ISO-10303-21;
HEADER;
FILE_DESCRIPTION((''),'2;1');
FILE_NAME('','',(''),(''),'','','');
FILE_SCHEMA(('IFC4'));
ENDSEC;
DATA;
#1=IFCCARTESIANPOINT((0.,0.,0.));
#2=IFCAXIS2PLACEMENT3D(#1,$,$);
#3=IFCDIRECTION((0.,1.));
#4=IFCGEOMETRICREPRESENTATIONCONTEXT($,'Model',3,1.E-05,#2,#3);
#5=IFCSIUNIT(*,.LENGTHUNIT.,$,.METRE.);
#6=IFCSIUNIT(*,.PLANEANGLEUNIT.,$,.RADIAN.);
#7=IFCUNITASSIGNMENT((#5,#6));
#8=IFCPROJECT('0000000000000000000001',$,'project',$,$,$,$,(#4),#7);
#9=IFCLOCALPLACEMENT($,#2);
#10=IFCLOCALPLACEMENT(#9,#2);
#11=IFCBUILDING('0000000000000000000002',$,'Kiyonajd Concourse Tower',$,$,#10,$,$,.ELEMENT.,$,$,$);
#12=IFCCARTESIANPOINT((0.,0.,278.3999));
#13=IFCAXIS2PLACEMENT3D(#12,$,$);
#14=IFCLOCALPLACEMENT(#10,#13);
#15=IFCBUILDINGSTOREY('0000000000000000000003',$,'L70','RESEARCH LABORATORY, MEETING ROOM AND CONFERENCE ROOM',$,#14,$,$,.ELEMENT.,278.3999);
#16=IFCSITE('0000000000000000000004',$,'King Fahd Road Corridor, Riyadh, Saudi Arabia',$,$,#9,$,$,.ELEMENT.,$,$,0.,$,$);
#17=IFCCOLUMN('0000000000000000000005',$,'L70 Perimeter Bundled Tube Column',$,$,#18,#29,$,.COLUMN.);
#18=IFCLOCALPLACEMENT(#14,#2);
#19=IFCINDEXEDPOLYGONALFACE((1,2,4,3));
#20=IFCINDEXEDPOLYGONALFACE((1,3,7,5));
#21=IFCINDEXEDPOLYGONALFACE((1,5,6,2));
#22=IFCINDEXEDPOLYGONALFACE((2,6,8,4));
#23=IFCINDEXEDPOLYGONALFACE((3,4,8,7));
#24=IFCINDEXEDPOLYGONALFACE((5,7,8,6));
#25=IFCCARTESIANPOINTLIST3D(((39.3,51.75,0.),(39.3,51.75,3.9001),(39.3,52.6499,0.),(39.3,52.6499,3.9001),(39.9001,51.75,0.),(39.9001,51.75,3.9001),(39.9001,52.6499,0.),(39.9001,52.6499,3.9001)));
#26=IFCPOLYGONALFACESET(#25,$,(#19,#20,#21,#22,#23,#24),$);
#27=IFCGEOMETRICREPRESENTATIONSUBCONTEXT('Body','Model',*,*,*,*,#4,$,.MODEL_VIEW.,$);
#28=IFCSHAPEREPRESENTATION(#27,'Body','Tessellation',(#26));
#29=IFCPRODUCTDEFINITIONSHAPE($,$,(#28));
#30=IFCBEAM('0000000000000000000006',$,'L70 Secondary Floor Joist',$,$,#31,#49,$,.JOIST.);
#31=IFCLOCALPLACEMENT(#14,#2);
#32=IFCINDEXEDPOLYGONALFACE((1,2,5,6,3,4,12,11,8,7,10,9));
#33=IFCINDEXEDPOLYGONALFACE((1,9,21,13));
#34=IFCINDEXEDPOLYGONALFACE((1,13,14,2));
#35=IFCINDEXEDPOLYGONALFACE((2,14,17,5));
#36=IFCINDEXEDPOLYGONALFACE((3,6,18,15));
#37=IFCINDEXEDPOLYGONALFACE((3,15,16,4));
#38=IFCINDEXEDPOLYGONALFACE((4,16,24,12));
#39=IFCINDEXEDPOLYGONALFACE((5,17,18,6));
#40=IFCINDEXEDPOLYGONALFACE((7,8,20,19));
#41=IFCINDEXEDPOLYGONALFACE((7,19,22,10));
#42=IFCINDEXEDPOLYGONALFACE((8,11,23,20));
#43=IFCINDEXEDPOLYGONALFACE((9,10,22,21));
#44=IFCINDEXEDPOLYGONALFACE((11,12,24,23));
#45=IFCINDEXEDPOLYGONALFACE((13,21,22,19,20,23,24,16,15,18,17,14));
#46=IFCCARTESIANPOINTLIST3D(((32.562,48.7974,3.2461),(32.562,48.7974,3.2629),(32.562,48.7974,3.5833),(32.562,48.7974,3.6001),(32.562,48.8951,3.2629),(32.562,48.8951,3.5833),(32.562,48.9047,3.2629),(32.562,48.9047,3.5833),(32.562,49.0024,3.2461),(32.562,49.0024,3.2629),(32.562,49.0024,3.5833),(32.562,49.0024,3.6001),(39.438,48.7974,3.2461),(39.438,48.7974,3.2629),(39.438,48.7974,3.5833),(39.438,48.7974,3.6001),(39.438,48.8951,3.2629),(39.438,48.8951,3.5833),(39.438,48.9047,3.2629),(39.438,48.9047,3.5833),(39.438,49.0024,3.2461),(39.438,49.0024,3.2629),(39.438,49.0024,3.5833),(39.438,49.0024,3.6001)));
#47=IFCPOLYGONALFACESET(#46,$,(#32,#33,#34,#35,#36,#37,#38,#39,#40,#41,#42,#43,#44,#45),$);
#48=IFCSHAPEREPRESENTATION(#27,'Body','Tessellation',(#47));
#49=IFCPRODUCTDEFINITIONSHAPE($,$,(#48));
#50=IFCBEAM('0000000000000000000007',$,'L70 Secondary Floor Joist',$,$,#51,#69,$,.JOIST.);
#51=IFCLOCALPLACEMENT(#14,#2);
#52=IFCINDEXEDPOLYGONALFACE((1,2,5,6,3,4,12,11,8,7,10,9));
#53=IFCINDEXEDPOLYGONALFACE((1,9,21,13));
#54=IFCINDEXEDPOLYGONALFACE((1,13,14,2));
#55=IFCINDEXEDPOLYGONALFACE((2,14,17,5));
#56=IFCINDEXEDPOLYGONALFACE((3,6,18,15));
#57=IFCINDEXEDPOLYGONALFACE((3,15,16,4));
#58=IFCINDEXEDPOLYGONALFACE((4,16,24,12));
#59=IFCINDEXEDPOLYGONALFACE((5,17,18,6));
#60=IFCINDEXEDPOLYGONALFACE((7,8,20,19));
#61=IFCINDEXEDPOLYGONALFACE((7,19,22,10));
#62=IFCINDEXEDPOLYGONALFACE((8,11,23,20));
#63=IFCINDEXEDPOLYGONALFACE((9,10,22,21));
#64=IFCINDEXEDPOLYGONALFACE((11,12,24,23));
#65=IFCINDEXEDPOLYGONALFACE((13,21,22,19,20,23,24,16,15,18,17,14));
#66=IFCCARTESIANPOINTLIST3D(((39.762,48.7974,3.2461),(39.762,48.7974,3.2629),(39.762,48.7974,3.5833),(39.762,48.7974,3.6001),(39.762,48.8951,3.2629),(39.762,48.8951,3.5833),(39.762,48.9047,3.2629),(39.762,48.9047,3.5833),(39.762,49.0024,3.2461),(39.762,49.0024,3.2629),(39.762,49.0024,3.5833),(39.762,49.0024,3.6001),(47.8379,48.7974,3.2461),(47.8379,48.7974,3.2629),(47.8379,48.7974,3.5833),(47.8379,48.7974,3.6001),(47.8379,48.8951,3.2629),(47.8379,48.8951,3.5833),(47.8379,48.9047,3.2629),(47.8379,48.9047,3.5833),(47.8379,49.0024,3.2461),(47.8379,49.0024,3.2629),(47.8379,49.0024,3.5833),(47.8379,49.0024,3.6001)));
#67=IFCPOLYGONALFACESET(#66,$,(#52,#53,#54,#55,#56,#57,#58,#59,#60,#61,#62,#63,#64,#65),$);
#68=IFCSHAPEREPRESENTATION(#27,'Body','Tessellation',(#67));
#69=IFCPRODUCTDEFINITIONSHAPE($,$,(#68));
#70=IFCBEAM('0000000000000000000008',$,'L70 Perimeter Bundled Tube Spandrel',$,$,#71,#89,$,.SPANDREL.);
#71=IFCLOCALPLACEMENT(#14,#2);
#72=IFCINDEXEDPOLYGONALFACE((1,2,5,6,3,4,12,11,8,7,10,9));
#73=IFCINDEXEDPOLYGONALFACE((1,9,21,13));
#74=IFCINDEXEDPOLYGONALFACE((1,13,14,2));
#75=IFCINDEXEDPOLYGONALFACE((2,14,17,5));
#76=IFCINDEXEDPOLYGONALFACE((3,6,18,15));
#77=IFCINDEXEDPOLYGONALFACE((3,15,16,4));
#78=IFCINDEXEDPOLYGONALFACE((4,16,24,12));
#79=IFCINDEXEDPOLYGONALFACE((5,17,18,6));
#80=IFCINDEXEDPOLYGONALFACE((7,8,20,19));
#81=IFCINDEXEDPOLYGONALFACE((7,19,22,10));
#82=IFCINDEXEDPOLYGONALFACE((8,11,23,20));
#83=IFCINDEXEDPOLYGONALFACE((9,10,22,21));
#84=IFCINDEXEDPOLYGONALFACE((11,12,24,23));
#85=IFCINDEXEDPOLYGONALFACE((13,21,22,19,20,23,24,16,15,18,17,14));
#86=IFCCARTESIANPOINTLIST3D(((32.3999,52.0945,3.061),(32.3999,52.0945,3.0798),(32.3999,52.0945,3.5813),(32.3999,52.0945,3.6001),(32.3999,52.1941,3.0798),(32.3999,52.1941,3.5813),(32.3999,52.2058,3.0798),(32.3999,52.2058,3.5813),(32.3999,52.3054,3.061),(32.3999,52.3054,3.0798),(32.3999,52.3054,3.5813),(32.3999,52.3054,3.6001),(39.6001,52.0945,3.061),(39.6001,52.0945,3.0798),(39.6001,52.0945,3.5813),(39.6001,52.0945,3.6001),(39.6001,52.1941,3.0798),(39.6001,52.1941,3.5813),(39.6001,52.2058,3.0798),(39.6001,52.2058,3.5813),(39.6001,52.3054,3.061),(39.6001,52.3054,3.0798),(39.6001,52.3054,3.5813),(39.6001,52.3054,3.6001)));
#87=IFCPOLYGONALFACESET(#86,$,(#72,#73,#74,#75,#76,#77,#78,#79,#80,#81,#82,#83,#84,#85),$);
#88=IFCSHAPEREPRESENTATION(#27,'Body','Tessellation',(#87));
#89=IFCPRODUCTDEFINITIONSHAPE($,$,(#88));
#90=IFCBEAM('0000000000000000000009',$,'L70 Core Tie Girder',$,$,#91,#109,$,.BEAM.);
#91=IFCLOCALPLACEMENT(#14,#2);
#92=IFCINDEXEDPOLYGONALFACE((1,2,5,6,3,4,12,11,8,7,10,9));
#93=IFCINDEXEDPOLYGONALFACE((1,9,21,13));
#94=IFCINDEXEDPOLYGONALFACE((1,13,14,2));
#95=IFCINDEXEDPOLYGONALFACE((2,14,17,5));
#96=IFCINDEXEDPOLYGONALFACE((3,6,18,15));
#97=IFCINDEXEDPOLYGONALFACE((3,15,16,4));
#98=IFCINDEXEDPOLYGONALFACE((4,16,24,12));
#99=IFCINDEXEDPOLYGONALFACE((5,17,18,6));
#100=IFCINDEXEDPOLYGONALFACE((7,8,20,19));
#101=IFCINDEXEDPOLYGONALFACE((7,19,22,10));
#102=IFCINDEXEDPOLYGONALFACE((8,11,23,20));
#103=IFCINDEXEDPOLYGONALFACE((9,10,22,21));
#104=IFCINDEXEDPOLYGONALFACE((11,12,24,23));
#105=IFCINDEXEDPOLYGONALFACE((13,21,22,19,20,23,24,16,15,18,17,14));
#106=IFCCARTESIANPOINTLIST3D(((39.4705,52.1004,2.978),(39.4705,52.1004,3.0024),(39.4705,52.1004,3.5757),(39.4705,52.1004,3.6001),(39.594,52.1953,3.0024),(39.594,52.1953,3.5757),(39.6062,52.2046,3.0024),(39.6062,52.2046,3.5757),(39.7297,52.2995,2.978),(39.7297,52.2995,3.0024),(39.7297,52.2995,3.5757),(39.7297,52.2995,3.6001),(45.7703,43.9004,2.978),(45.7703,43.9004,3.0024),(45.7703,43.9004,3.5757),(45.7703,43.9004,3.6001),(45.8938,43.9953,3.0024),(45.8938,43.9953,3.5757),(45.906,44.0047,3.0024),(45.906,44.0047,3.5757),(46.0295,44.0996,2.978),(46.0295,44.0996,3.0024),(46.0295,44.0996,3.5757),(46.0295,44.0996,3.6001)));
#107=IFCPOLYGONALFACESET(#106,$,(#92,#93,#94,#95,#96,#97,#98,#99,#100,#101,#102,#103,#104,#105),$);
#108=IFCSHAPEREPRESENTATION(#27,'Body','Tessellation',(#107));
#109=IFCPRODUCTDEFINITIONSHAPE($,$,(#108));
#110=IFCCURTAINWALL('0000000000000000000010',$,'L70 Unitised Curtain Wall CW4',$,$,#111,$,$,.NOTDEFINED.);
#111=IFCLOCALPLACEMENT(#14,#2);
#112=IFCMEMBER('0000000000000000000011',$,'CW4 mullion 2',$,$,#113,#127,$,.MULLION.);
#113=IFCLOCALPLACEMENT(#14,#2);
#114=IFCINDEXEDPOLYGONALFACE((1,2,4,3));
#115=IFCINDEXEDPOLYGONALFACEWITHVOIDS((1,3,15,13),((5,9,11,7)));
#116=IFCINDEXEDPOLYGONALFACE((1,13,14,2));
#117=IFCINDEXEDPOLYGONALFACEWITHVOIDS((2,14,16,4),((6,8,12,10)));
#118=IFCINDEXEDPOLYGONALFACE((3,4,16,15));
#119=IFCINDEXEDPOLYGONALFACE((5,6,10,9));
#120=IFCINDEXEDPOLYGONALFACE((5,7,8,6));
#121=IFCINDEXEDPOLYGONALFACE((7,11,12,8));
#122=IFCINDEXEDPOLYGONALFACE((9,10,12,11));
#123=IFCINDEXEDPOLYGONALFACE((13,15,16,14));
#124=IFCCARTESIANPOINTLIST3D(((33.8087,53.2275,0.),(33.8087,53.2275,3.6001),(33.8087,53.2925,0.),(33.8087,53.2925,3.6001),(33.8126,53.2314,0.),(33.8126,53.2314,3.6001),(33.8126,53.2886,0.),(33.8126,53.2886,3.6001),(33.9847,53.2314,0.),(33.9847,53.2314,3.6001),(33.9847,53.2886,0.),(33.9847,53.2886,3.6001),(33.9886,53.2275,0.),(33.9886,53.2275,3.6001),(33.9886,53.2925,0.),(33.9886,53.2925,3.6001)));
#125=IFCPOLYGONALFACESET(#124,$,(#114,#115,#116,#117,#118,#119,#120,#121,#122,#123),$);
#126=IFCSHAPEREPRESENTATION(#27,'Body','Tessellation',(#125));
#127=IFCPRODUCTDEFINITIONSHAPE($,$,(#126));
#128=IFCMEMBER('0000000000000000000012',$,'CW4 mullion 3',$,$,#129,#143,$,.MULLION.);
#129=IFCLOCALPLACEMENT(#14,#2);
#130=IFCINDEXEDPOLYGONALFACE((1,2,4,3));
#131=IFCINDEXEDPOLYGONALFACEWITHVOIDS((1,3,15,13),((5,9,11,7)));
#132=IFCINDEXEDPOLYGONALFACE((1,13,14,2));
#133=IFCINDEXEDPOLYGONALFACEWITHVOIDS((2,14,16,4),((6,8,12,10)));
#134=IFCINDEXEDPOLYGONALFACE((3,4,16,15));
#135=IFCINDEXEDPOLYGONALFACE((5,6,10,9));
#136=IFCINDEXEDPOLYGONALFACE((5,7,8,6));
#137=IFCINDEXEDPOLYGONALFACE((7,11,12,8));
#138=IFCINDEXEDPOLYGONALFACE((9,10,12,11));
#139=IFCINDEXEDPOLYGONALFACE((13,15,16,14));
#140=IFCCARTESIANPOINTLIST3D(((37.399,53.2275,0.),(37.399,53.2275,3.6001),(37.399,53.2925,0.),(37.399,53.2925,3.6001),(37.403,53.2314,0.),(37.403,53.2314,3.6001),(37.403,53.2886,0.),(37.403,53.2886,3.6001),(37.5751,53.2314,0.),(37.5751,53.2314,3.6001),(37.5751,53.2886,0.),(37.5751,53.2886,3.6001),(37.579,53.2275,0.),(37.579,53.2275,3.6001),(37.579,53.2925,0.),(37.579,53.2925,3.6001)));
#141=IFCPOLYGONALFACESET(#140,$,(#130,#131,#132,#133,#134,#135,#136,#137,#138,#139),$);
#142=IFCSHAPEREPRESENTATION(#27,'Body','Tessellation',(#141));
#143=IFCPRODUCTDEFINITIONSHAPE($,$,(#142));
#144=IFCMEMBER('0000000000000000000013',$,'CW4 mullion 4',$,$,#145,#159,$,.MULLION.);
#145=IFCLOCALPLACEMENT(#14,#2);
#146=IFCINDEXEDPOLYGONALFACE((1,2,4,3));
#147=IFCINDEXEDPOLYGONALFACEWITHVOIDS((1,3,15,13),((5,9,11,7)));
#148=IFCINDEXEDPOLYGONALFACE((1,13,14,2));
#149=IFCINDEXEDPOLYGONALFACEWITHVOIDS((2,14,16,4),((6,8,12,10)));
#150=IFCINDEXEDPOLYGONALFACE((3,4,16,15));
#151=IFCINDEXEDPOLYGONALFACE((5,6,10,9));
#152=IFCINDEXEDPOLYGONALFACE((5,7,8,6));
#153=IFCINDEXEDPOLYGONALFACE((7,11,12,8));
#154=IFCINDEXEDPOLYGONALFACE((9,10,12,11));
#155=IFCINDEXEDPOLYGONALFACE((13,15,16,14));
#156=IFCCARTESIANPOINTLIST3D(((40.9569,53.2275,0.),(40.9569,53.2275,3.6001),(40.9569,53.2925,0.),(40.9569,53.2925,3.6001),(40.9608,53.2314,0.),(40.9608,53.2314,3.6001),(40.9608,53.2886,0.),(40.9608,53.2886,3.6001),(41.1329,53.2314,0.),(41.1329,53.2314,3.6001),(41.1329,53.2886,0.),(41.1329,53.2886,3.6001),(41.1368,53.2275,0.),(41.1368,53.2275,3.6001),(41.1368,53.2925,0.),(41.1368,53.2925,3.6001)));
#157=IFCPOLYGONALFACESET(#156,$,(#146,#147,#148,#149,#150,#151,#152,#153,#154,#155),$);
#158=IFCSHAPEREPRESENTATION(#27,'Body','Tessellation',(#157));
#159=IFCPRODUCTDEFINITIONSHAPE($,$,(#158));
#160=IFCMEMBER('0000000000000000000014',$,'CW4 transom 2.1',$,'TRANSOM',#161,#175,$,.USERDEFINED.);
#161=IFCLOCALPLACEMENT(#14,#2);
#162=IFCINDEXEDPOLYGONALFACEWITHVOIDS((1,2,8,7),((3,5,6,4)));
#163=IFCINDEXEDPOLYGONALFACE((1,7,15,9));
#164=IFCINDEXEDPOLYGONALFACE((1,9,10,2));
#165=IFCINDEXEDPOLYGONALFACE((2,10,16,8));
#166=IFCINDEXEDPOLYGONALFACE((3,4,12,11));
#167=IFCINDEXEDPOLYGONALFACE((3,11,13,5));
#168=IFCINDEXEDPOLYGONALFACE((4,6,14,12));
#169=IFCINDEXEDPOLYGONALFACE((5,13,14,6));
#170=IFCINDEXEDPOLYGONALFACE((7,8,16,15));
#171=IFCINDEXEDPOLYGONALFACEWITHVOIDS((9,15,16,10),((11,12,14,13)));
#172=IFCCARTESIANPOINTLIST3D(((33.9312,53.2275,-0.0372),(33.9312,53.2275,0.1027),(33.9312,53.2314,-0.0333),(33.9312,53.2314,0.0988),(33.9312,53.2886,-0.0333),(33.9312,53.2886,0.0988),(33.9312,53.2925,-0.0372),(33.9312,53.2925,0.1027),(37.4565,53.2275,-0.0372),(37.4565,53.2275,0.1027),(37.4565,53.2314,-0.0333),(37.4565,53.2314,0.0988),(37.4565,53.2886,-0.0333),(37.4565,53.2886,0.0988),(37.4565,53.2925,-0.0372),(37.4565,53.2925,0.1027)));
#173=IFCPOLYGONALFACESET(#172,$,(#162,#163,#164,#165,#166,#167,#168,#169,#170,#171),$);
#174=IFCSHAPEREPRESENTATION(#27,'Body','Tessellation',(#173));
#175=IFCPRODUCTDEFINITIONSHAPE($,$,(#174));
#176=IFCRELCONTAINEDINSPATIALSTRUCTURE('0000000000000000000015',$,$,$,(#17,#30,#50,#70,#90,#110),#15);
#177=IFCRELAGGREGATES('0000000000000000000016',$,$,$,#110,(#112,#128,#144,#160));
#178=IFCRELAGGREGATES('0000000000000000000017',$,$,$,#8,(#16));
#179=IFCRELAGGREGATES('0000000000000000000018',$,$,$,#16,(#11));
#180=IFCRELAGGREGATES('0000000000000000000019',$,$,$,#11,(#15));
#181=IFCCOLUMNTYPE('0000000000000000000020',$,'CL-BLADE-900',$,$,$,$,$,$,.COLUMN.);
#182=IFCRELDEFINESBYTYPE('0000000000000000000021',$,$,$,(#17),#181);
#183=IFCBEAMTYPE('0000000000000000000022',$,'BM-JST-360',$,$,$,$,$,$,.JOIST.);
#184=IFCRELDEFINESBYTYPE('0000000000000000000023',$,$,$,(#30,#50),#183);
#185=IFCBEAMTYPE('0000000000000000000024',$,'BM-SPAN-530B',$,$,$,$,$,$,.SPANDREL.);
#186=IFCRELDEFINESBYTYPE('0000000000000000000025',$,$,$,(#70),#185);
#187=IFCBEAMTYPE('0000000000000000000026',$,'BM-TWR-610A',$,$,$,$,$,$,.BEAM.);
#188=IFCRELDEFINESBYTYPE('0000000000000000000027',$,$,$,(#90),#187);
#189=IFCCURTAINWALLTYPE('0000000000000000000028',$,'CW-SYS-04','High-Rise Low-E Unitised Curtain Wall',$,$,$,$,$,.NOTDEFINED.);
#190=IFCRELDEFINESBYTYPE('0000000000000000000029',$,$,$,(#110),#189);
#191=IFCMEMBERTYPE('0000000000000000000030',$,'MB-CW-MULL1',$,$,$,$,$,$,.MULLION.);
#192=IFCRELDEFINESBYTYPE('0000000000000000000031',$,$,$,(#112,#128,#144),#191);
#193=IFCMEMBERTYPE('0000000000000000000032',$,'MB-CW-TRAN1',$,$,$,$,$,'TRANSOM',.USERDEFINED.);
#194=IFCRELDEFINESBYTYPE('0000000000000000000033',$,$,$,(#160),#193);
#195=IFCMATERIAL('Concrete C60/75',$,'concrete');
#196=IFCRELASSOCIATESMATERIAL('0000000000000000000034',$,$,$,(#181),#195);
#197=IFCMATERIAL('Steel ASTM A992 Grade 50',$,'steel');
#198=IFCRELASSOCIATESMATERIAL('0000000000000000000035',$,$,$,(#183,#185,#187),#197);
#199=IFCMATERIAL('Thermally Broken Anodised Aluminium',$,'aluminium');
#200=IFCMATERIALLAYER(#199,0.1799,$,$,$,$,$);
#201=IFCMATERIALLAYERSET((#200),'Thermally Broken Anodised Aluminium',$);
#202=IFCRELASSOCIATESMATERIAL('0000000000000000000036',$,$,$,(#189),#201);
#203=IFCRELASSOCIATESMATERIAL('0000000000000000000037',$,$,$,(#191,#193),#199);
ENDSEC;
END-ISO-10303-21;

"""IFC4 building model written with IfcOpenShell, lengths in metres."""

from ifc_helpers import new_model, si_unit, direction, frame, origin, origin_2d, place, context, subcontext, project, spatial, rectangle, hollow_rectangle, i_section, extrude, material, layer, layer_set, material_profile, profile_set, type_object, element, aggregate, save


model = new_model("IFC4")

# Units and contexts
model_context = context("Model", 3, precision=1e-05, world=origin(), true_north=direction((0.0, 1.0)))
body_context = subcontext(model_context, "Body", "Model", "MODEL_VIEW")
ifc_project = project(units=[si_unit("LENGTHUNIT", "METRE"), si_unit("PLANEANGLEUNIT", "RADIAN")], contexts=[model_context])

# Site, building, storey
site_placement = place(None, origin())
site = spatial("IfcSite", under=ifc_project, at=site_placement, Name="King Fahd Road Corridor, Riyadh, Saudi Arabia", CompositionType="ELEMENT", RefElevation=0.0)
building_placement = place(site_placement, origin())
building = spatial("IfcBuilding", under=site, at=building_placement, Name="Kiyonajd Concourse Tower", CompositionType="ELEMENT")
storey_placement = place(building_placement, frame((0.0, 0.0, 278.3999)))
storey = spatial("IfcBuildingStorey", under=building, at=storey_placement, Name="L70", Description="RESEARCH LABORATORY, MEETING ROOM AND CONFERENCE ROOM", CompositionType="ELEMENT", Elevation=278.3999)

# Column
ifc_material_1 = material(Name="Concrete C60/75", Category="concrete")
ifc_material_profile_1 = material_profile(ifc_material_1, rectangle(XDim=0.6001, YDim=0.8999, at=origin_2d()), Name="RC-900x600")
ifc_profile_set_1 = profile_set([ifc_material_profile_1], Name="Concrete C60/75")
column_type = type_object("IfcColumnType", Name="CL-BLADE-900", PredefinedType="COLUMN", material=ifc_profile_set_1)
column_placement = place(storey_placement, frame((39.6001, 52.2, 0.0), z_axis=(0.0, 0.0, 1.0), x_axis=(1.0, 0.0, 0.0)))
element("IfcColumn", 1, at=column_placement, inside=storey, type_object=column_type, Name="L70 Perimeter Bundled Tube Column", PredefinedType="COLUMN", context=body_context, shape_type="SweptSolid", body=[
    extrude(rectangle(XDim=0.6001, YDim=0.8999, at=origin_2d()), origin(), (0.0, 0.0, 1.0), 3.9001),
])

# Beams
ifc_material_2 = material(Name="Steel ASTM A992 Grade 50", Category="steel")
ifc_material_profile_2 = material_profile(ifc_material_2, i_section(OverallWidth=0.2051, OverallDepth=0.354, WebThickness=0.0095, FlangeThickness=0.0168, at=origin_2d()), Name="W360X79")
ifc_profile_set_2 = profile_set([ifc_material_profile_2], Name="Steel ASTM A992 Grade 50")
beam_type_1 = type_object("IfcBeamType", Name="BM-JST-360", PredefinedType="JOIST", material=ifc_profile_set_2)
beam_1_placement = place(storey_placement, frame((32.562, 48.8999, 3.4231), z_axis=(1.0, 0.0, 0.0), x_axis=(0.0, 1.0, 0.0)))
element("IfcBeam", 2, at=beam_1_placement, inside=storey, type_object=beam_type_1, Name="L70 Secondary Floor Joist", PredefinedType="JOIST", context=body_context, shape_type="SweptSolid", body=[
    extrude(i_section(OverallWidth=0.2051, OverallDepth=0.354, WebThickness=0.0095, FlangeThickness=0.0168, at=origin_2d()), origin(), (0.0, 0.0, 1.0), 6.876),
])
beam_2_placement = place(storey_placement, frame((39.762, 48.8999, 3.4231), z_axis=(1.0, 0.0, 0.0), x_axis=(0.0, 1.0, 0.0)))
element("IfcBeam", 3, at=beam_2_placement, inside=storey, type_object=beam_type_1, Name="L70 Secondary Floor Joist", PredefinedType="JOIST", context=body_context, shape_type="SweptSolid", body=[
    extrude(i_section(OverallWidth=0.2051, OverallDepth=0.354, WebThickness=0.0095, FlangeThickness=0.0168, at=origin_2d()), origin(), (0.0, 0.0, 1.0), 8.0759),
])
ifc_material_profile_3 = material_profile(ifc_material_2, i_section(OverallWidth=0.2109, OverallDepth=0.5391, WebThickness=0.0117, FlangeThickness=0.0188, at=origin_2d()), Name="W530X109")
ifc_profile_set_3 = profile_set([ifc_material_profile_3], Name="Steel ASTM A992 Grade 50")
beam_type_2 = type_object("IfcBeamType", Name="BM-SPAN-530B", PredefinedType="SPANDREL", material=ifc_profile_set_3)
beam_3_placement = place(storey_placement, frame((39.6001, 52.2, 3.3306), z_axis=(-1.0, 0.0, 0.0), x_axis=(0.0, -1.0, 0.0)))
element("IfcBeam", 4, at=beam_3_placement, inside=storey, type_object=beam_type_2, Name="L70 Perimeter Bundled Tube Spandrel", PredefinedType="SPANDREL", context=body_context, shape_type="SweptSolid", body=[
    extrude(i_section(OverallWidth=0.2109, OverallDepth=0.5391, WebThickness=0.0117, FlangeThickness=0.0188, at=origin_2d()), origin(), (0.0, 0.0, 1.0), 7.2002),
])
ifc_material_profile_4 = material_profile(ifc_material_2, i_section(OverallWidth=0.3269, OverallDepth=0.6221, WebThickness=0.0154, FlangeThickness=0.0244, at=origin_2d()), Name="W610X195")
ifc_profile_set_4 = profile_set([ifc_material_profile_4], Name="Steel ASTM A992 Grade 50")
beam_type_3 = type_object("IfcBeamType", Name="BM-TWR-610A", PredefinedType="BEAM", material=ifc_profile_set_4)
beam_4_placement = place(storey_placement, frame((39.6001, 52.2, 3.2891), z_axis=(0.609234, -0.792991, 0.0), x_axis=(0.792991, 0.609234, 0.0)))
element("IfcBeam", 5, at=beam_4_placement, inside=storey, type_object=beam_type_3, Name="L70 Core Tie Girder", PredefinedType="BEAM", context=body_context, shape_type="SweptSolid", body=[
    extrude(i_section(OverallWidth=0.3269, OverallDepth=0.6221, WebThickness=0.0154, FlangeThickness=0.0244, at=origin_2d()), origin(), (0.0, 0.0, 1.0), 10.3406),
])

# Curtain wall, members
ifc_material_3 = material(Name="Thermally Broken Anodised Aluminium", Category="aluminium")
ifc_layer_1 = layer(ifc_material_3, 0.1799)
ifc_layer_set_1 = layer_set([ifc_layer_1], Name="Thermally Broken Anodised Aluminium")
curtain_wall_type = type_object("IfcCurtainWallType", Name="CW-SYS-04", Description="High-Rise Low-E Unitised Curtain Wall", PredefinedType="NOTDEFINED", material=ifc_layer_set_1)
curtain_wall_placement = place(storey_placement, origin())
curtain_wall = element("IfcCurtainWall", 6, at=curtain_wall_placement, inside=storey, type_object=curtain_wall_type, Name="L70 Unitised Curtain Wall CW4", PredefinedType="NOTDEFINED")
ifc_material_profile_5 = material_profile(ifc_material_3, hollow_rectangle(XDim=0.0649, YDim=0.1799, WallThickness=0.0039, at=origin_2d()), Name="MULL-65x180")
ifc_profile_set_5 = profile_set([ifc_material_profile_5], Name="Thermally Broken Anodised Aluminium")
member_type_1 = type_object("IfcMemberType", Name="MB-CW-MULL1", PredefinedType="MULLION", material=ifc_profile_set_5)
member_1_placement = place(storey_placement, frame((33.8987, 53.26, 0.0), z_axis=(0.0, 0.0, 1.0), x_axis=(0.0, 1.0, 0.0)))
member_1 = element("IfcMember", 7, at=member_1_placement, type_object=member_type_1, Name="CW4 mullion 2", PredefinedType="MULLION", context=body_context, shape_type="SweptSolid", body=[
    extrude(hollow_rectangle(XDim=0.0649, YDim=0.1799, WallThickness=0.0039, at=origin_2d()), origin(), (0.0, 0.0, 1.0), 3.6001),
])
member_2_placement = place(storey_placement, frame((37.489, 53.26, 0.0), z_axis=(0.0, 0.0, 1.0), x_axis=(0.0, 1.0, 0.0)))
member_2 = element("IfcMember", 8, at=member_2_placement, type_object=member_type_1, Name="CW4 mullion 3", PredefinedType="MULLION", context=body_context, shape_type="SweptSolid", body=[
    extrude(hollow_rectangle(XDim=0.0649, YDim=0.1799, WallThickness=0.0039, at=origin_2d()), origin(), (0.0, 0.0, 1.0), 3.6001),
])
member_3_placement = place(storey_placement, frame((41.0469, 53.26, 0.0), z_axis=(0.0, 0.0, 1.0), x_axis=(0.0, 1.0, 0.0)))
member_3 = element("IfcMember", 9, at=member_3_placement, type_object=member_type_1, Name="CW4 mullion 4", PredefinedType="MULLION", context=body_context, shape_type="SweptSolid", body=[
    extrude(hollow_rectangle(XDim=0.0649, YDim=0.1799, WallThickness=0.0039, at=origin_2d()), origin(), (0.0, 0.0, 1.0), 3.6001),
])
ifc_material_profile_6 = material_profile(ifc_material_3, hollow_rectangle(XDim=0.0649, YDim=0.1399, WallThickness=0.0039, at=origin_2d()), Name="TRAN-65x140")
ifc_profile_set_6 = profile_set([ifc_material_profile_6], Name="Thermally Broken Anodised Aluminium")
member_type_2 = type_object("IfcMemberType", Name="MB-CW-TRAN1", ElementType="TRANSOM", PredefinedType="USERDEFINED", material=ifc_profile_set_6)
member_4_placement = place(storey_placement, frame((33.9312, 53.26, 0.0327), z_axis=(1.0, 0.0, 0.0), x_axis=(0.0, 1.0, 0.0)))
member_4 = element("IfcMember", 10, at=member_4_placement, type_object=member_type_2, Name="CW4 transom 2.1", ObjectType="TRANSOM", PredefinedType="USERDEFINED", context=body_context, shape_type="SweptSolid", body=[
    extrude(hollow_rectangle(XDim=0.0649, YDim=0.1399, WallThickness=0.0039, at=origin_2d()), origin(), (0.0, 0.0, 1.0), 3.5254),
])

aggregate(curtain_wall, [member_1, member_2, member_3, member_4])

save(model, "model.ifc")
